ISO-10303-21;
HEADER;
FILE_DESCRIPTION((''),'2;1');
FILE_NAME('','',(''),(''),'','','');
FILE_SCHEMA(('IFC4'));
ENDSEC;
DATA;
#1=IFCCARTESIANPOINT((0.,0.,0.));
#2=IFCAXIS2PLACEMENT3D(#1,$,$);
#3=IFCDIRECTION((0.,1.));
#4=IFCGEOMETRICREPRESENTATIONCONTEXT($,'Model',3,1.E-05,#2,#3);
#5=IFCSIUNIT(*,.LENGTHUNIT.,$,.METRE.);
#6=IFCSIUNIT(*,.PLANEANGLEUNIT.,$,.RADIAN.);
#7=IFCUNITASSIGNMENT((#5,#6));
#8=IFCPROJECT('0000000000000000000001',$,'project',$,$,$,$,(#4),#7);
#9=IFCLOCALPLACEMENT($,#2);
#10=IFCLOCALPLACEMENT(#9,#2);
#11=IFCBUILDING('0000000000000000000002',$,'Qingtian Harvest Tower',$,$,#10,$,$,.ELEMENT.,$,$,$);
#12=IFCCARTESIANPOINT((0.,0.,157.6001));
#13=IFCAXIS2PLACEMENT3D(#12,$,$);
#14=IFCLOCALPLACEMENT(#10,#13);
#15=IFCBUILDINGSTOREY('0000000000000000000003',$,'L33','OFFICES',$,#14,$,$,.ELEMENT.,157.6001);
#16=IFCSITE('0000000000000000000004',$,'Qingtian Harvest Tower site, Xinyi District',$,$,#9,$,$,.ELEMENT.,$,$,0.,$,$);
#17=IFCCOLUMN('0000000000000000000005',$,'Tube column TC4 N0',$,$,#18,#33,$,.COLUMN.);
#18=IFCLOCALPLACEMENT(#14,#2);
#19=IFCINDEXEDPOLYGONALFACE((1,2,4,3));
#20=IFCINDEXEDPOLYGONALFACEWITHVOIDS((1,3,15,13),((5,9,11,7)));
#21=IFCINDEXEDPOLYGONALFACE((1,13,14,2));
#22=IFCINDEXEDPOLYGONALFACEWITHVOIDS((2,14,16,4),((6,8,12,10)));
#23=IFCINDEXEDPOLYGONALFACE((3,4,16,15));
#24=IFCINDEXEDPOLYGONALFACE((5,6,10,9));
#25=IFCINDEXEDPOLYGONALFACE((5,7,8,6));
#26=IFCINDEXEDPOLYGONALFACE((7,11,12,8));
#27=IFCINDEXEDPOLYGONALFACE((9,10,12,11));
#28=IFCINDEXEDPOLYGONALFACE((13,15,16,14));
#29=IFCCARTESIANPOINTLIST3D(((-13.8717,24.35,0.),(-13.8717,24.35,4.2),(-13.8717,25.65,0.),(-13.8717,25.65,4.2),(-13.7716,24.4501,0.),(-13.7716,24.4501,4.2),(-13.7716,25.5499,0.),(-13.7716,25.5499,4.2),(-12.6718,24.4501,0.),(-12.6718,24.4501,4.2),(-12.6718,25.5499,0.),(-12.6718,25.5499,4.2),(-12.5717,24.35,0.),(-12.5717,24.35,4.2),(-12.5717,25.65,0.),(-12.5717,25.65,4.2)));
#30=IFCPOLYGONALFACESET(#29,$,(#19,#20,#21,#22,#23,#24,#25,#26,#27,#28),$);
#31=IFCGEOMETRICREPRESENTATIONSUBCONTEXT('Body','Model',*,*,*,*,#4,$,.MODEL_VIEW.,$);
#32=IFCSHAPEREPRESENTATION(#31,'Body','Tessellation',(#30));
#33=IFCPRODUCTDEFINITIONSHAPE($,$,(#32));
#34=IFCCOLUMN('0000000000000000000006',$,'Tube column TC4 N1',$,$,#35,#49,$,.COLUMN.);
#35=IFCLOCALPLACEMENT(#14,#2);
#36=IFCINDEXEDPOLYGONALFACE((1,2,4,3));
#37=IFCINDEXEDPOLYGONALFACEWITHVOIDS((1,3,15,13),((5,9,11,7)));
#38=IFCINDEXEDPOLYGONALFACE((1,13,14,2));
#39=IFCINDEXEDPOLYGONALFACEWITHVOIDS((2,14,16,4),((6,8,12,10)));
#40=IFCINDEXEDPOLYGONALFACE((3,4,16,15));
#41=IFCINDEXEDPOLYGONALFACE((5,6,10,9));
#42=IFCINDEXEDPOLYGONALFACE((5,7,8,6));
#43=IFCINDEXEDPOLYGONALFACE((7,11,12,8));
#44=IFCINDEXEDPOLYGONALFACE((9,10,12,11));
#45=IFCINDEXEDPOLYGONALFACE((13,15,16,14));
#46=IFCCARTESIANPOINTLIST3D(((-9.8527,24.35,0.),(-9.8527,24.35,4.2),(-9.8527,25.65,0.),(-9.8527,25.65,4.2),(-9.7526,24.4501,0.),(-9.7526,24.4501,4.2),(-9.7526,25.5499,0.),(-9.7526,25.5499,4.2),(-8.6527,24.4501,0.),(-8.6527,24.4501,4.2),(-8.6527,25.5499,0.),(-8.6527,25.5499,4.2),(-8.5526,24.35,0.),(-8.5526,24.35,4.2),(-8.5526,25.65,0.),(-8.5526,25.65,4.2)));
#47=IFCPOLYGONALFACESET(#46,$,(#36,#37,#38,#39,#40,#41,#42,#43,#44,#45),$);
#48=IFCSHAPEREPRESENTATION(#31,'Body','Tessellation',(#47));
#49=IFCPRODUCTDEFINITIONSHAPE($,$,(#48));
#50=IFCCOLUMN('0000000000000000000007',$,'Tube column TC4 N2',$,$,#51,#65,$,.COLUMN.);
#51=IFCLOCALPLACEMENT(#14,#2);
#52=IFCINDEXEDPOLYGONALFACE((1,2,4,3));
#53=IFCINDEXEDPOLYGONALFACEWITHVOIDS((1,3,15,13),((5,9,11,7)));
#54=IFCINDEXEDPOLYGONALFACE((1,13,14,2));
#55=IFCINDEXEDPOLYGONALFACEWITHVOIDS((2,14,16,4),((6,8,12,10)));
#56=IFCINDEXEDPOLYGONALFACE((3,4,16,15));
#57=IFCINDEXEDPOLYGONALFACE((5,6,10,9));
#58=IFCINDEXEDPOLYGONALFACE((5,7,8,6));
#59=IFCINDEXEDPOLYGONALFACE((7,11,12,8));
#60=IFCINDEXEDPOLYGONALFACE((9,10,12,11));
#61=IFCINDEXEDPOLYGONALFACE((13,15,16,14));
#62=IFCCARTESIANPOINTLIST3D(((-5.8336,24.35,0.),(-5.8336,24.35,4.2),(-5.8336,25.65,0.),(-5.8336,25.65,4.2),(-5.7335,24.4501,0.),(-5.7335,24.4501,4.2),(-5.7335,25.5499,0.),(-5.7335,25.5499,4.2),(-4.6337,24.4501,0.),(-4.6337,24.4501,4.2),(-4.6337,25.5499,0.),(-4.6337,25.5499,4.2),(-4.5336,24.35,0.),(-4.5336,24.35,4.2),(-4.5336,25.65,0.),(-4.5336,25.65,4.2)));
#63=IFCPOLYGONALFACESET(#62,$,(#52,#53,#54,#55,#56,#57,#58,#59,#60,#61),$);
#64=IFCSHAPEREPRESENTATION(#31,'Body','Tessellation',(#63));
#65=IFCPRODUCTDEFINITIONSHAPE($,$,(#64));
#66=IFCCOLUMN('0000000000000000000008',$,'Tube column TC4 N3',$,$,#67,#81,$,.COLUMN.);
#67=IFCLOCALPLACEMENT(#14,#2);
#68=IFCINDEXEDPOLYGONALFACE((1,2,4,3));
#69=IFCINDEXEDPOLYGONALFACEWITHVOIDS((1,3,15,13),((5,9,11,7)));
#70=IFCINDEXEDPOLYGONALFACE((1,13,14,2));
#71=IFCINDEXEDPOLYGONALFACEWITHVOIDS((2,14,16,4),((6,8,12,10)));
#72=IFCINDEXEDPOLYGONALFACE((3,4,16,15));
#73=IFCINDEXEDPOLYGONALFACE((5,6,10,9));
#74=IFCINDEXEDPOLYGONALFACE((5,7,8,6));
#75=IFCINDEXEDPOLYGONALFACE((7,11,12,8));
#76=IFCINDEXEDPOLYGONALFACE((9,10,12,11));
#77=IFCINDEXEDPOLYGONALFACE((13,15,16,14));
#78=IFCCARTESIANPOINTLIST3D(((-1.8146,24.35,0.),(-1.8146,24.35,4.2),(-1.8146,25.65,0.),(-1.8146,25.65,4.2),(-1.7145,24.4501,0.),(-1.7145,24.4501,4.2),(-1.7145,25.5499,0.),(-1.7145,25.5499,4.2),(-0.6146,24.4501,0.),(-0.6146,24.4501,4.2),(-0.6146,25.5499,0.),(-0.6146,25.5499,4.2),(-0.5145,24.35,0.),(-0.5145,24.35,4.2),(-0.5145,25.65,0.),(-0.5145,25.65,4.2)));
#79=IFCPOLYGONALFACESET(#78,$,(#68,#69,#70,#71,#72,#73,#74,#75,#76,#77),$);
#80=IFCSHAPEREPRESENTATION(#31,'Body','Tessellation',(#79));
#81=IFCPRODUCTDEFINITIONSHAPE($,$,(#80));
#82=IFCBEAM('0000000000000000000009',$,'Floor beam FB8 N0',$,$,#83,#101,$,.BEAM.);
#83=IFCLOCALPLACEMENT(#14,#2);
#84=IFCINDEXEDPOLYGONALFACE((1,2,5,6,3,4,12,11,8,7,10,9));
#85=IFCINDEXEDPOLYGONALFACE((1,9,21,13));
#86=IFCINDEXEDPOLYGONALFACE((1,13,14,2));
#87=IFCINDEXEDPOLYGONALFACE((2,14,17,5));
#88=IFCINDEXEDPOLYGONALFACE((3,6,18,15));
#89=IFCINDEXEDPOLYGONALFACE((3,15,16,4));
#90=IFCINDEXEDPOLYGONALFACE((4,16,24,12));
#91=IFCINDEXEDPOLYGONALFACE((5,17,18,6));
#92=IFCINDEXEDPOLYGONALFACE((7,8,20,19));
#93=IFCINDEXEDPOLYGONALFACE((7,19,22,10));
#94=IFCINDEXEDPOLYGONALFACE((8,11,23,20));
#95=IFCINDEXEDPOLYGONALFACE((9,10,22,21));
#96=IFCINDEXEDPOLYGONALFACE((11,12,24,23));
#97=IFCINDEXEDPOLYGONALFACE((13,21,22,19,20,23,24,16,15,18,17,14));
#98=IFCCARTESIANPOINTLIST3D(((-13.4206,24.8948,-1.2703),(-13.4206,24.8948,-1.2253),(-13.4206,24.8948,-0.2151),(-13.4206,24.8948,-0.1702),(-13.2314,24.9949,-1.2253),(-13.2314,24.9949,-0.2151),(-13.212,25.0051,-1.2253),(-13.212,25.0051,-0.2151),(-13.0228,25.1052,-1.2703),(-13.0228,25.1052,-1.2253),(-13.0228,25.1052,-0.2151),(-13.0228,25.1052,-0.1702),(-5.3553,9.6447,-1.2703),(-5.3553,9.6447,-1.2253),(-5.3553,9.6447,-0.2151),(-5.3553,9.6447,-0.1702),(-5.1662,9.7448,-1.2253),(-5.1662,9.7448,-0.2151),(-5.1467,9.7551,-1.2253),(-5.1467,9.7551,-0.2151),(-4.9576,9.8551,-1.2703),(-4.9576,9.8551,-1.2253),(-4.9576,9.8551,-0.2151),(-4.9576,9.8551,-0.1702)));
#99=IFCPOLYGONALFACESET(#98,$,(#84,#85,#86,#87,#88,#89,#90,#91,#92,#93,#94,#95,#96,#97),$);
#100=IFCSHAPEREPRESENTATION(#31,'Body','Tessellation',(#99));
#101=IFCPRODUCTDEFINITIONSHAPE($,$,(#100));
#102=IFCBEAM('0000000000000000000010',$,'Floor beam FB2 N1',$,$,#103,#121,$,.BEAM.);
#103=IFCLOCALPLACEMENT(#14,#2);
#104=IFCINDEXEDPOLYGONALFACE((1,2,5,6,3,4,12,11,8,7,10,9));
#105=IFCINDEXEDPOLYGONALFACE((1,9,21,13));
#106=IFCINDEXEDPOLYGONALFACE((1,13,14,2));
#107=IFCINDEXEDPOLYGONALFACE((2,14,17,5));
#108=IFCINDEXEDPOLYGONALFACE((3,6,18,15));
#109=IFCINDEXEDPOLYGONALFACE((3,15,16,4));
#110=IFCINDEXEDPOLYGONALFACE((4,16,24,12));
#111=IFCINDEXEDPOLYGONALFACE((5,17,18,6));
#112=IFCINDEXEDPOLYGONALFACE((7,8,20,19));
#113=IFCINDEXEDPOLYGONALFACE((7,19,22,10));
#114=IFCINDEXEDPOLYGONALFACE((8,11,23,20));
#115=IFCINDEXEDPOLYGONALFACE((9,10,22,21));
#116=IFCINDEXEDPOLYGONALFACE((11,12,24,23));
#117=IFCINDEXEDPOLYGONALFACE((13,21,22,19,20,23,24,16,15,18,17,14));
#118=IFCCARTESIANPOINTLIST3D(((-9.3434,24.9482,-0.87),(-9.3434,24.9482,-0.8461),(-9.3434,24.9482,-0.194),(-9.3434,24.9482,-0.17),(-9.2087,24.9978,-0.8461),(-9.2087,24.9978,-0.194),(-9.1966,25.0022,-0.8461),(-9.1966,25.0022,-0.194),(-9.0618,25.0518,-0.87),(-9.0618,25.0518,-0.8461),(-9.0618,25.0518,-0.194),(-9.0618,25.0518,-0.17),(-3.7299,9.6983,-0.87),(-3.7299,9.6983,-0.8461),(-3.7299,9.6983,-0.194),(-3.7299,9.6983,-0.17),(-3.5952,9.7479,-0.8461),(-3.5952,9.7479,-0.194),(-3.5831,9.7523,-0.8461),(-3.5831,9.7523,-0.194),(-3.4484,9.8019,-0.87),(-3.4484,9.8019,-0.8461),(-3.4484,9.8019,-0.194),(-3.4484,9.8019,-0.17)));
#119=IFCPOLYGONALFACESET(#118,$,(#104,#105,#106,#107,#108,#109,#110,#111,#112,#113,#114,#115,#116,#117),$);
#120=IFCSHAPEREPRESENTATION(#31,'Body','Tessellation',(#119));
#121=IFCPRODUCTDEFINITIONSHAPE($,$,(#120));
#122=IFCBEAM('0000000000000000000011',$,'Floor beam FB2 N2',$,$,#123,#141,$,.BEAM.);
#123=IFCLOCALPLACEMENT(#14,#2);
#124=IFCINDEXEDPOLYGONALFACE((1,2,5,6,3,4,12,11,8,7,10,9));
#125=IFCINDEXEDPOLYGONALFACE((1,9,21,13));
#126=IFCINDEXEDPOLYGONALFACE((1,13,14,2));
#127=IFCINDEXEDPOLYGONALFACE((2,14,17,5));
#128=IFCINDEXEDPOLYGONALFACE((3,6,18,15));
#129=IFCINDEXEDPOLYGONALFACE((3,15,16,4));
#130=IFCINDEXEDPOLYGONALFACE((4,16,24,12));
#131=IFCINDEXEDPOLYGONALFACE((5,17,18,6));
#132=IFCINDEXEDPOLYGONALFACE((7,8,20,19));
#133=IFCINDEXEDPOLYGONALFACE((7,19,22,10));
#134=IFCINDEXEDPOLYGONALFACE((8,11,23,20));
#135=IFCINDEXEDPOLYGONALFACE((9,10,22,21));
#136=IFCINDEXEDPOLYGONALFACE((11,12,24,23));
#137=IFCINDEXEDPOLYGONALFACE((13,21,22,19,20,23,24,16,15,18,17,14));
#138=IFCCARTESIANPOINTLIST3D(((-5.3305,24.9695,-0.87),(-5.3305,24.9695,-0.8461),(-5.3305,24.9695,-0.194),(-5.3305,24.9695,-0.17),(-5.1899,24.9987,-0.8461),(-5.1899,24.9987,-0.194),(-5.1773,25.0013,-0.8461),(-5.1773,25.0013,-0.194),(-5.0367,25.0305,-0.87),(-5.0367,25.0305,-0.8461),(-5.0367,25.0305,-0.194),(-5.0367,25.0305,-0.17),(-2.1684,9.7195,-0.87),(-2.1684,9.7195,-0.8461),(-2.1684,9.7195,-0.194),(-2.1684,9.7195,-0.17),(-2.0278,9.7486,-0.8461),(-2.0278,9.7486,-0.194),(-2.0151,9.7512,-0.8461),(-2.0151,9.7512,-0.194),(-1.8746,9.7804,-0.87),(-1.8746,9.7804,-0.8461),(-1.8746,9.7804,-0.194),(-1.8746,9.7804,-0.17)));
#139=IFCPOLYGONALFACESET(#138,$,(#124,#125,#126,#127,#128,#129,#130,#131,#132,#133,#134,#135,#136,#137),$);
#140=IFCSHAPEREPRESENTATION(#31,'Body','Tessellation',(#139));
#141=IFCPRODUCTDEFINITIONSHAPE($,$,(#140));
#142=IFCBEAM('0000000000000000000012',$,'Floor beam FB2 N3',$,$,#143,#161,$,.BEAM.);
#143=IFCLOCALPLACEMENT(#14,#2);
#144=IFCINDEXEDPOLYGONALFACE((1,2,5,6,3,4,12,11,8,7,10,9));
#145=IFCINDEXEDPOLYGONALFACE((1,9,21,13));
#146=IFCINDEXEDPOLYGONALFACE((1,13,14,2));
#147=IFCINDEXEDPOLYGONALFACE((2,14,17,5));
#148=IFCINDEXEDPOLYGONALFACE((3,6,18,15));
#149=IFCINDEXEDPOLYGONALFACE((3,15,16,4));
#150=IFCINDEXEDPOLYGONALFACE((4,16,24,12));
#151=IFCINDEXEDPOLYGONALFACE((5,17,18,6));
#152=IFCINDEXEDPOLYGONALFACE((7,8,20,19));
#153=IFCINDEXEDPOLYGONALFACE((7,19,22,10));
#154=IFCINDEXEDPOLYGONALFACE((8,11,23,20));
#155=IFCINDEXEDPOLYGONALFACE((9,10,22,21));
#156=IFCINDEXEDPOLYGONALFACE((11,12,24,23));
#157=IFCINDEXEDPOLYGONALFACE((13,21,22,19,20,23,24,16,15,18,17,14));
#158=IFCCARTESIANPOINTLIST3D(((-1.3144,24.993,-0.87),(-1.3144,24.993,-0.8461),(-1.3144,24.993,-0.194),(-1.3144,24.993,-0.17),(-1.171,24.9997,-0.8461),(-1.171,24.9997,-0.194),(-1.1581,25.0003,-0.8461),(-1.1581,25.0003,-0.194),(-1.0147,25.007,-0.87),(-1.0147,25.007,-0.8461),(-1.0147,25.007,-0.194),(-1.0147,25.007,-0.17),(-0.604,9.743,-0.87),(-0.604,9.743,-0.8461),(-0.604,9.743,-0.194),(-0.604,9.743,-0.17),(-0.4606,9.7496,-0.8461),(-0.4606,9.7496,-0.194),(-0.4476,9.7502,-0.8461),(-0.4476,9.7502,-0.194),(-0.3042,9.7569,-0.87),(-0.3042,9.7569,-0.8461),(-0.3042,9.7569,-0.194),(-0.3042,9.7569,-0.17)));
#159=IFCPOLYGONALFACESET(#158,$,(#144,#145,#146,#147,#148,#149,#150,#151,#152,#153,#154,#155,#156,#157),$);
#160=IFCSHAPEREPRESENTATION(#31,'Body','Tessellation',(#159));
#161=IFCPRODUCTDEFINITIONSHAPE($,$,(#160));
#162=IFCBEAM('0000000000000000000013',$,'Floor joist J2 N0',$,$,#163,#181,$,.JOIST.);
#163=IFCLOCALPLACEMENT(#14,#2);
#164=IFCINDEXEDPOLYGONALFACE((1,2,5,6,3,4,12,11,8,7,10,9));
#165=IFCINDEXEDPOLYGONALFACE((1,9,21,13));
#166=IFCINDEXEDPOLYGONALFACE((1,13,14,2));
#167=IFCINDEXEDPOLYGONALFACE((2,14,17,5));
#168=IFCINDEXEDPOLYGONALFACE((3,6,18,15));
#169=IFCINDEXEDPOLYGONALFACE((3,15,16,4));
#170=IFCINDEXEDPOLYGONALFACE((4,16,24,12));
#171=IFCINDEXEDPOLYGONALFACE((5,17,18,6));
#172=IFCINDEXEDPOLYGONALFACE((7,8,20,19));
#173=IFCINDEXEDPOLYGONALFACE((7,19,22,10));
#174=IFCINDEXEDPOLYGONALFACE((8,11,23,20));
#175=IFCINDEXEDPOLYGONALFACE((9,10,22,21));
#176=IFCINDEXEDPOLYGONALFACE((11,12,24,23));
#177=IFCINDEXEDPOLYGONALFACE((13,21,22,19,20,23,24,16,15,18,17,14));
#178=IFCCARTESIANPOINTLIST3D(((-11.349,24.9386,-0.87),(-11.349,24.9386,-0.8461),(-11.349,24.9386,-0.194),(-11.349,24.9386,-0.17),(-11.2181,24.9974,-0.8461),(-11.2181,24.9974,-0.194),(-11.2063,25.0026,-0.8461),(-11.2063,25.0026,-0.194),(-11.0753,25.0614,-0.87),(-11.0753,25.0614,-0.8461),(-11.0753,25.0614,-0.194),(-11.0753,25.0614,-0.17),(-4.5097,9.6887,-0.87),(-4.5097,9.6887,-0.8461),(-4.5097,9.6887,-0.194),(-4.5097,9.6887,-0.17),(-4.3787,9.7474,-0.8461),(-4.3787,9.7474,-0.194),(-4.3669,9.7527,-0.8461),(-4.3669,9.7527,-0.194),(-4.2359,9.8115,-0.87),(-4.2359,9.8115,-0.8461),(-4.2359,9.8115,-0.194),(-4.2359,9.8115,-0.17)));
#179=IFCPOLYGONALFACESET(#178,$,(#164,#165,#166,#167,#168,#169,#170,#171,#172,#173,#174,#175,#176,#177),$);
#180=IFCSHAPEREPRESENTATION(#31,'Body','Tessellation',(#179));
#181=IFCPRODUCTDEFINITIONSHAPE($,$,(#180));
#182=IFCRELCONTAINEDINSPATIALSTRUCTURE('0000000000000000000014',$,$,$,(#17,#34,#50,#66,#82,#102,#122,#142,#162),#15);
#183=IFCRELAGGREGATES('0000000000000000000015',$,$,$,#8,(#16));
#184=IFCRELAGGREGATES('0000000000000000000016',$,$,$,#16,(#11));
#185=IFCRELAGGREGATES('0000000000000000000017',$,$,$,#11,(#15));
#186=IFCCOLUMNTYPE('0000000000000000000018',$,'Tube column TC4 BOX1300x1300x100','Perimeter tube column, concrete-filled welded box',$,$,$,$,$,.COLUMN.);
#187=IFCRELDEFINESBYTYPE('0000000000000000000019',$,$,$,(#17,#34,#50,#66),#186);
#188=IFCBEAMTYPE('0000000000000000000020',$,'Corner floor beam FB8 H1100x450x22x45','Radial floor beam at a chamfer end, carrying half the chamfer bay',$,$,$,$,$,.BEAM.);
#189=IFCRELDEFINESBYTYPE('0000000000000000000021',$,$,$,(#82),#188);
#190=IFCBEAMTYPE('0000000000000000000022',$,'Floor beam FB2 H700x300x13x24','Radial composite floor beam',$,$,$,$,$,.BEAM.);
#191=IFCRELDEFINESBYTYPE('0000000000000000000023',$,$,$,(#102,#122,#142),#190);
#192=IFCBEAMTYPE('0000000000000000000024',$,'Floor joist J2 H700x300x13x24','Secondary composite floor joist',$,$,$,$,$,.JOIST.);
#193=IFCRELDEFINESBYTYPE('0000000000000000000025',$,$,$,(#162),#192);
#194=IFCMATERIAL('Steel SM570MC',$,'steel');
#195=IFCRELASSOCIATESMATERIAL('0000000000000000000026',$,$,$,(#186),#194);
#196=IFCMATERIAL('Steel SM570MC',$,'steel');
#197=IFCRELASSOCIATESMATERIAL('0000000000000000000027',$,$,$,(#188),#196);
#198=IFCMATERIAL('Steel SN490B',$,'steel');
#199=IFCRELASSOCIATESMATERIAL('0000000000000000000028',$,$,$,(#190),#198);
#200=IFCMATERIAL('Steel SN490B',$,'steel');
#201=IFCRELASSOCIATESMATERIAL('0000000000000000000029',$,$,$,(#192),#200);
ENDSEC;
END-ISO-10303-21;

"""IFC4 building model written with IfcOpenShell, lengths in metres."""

from ifc_helpers import new_model, si_unit, direction, frame, origin, origin_2d, place, context, subcontext, project, spatial, hollow_rectangle, i_section, extrude, material, material_profile, profile_set, type_object, element, save


model = new_model("IFC4")

# Units and contexts
model_context = context("Model", 3, precision=1e-05, world=origin(), true_north=direction((0.0, 1.0)))
body_context = subcontext(model_context, "Body", "Model", "MODEL_VIEW")
ifc_project = project(units=[si_unit("LENGTHUNIT", "METRE"), si_unit("PLANEANGLEUNIT", "RADIAN")], contexts=[model_context])

# Site, building, storey
site_placement = place(None, origin())
site = spatial("IfcSite", under=ifc_project, at=site_placement, Name="Qingtian Harvest Tower site, Xinyi District", CompositionType="ELEMENT", RefElevation=0.0)
building_placement = place(site_placement, origin())
building = spatial("IfcBuilding", under=site, at=building_placement, Name="Qingtian Harvest Tower", CompositionType="ELEMENT")
storey_placement = place(building_placement, frame((0.0, 0.0, 157.6001)))
storey = spatial("IfcBuildingStorey", under=building, at=storey_placement, Name="L33", Description="OFFICES", CompositionType="ELEMENT", Elevation=157.6001)

# Columns
ifc_material_1 = material(Name="Steel SM570MC", Category="steel")
ifc_material_profile_1 = material_profile(ifc_material_1, hollow_rectangle(XDim=1.3, YDim=1.3, WallThickness=0.1001, at=origin_2d()), Name="BOX1300x1300x100")
ifc_profile_set_1 = profile_set([ifc_material_profile_1], Name="Steel SM570MC")
column_type = type_object("IfcColumnType", Name="Tube column TC4 BOX1300x1300x100", Description="Perimeter tube column, concrete-filled welded box", PredefinedType="COLUMN", material=ifc_profile_set_1)
for number, where, z_axis, x_axis, name in (
    (1, (-13.2217, 25.0, 0.0), (0.0, 0.0, 1.0), (-1.0, 0.0, 0.0), "Tube column TC4 N0"),
    (2, (-9.2026, 25.0, 0.0), (0.0, 0.0, 1.0), (-1.0, 0.0, 0.0), "Tube column TC4 N1"),
    (3, (-5.1836, 25.0, 0.0), (0.0, 0.0, 1.0), (-1.0, 0.0, 0.0), "Tube column TC4 N2"),
    (4, (-1.1646, 25.0, 0.0), (0.0, 0.0, 1.0), (-1.0, 0.0, 0.0), "Tube column TC4 N3"),
):
    element("IfcColumn", number, at=place(storey_placement, frame(where, z_axis=z_axis, x_axis=x_axis)), inside=storey, type_object=column_type, Name=name, PredefinedType="COLUMN", context=body_context, shape_type="SweptSolid", body=[
        extrude(hollow_rectangle(XDim=1.3, YDim=1.3, WallThickness=0.1001, at=origin_2d()), origin(), (0.0, 0.0, 1.0), 4.2),
    ])

# Beams
ifc_material_2 = material(Name="Steel SM570MC", Category="steel")
ifc_material_profile_2 = material_profile(ifc_material_2, i_section(OverallWidth=0.45, OverallDepth=1.1001, WebThickness=0.022, FlangeThickness=0.0449, at=origin_2d()), Name="H1100x450x22x45")
ifc_profile_set_2 = profile_set([ifc_material_profile_2], Name="Steel SM570MC")
beam_type_1 = type_object("IfcBeamType", Name="Corner floor beam FB8 H1100x450x22x45", Description="Radial floor beam at a chamfer end, carrying half the chamfer bay", PredefinedType="BEAM", material=ifc_profile_set_2)
beam_1_placement = place(storey_placement, frame((-13.2217, 25.0, -0.7202), z_axis=(0.46751, -0.883988, 0.0), x_axis=(0.883988, 0.46751, 0.0)))
element("IfcBeam", 5, at=beam_1_placement, inside=storey, type_object=beam_type_1, Name="Floor beam FB8 N0", PredefinedType="BEAM", context=body_context, shape_type="SweptSolid", body=[
    extrude(i_section(OverallWidth=0.45, OverallDepth=1.1001, WebThickness=0.022, FlangeThickness=0.0449, at=origin_2d()), origin(), (0.0, 0.0, 1.0), 17.2515),
])
ifc_material_3 = material(Name="Steel SN490B", Category="steel")
ifc_material_profile_3 = material_profile(ifc_material_3, i_section(OverallWidth=0.3, OverallDepth=0.7, WebThickness=0.0129, FlangeThickness=0.0239, at=origin_2d()), Name="H700x300x13x24")
ifc_profile_set_3 = profile_set([ifc_material_profile_3], Name="Steel SN490B")
beam_type_2 = type_object("IfcBeamType", Name="Floor beam FB2 H700x300x13x24", Description="Radial composite floor beam", PredefinedType="BEAM", material=ifc_profile_set_3)
beam_2_placement = place(storey_placement, frame((-9.2026, 25.0, -0.52), z_axis=(0.34544, -0.938441, 0.0), x_axis=(0.938441, 0.34544, 0.0)))
element("IfcBeam", 6, at=beam_2_placement, inside=storey, type_object=beam_type_2, Name="Floor beam FB2 N1", PredefinedType="BEAM", context=body_context, shape_type="SweptSolid", body=[
    extrude(i_section(OverallWidth=0.3, OverallDepth=0.7, WebThickness=0.0129, FlangeThickness=0.0239, at=origin_2d()), origin(), (0.0, 0.0, 1.0), 16.2502),
])
beam_3_placement = place(storey_placement, frame((-5.1836, 25.0, -0.52), z_axis=(0.203033, -0.979172, 0.0), x_axis=(0.979172, 0.203033, 0.0)))
element("IfcBeam", 7, at=beam_3_placement, inside=storey, type_object=beam_type_2, Name="Floor beam FB2 N2", PredefinedType="BEAM", context=body_context, shape_type="SweptSolid", body=[
    extrude(i_section(OverallWidth=0.3, OverallDepth=0.7, WebThickness=0.0129, FlangeThickness=0.0239, at=origin_2d()), origin(), (0.0, 0.0, 1.0), 15.5745),
])
beam_4_placement = place(storey_placement, frame((-1.1646, 25.0, -0.52), z_axis=(0.046536, -0.998917, 0.0), x_axis=(0.998917, 0.046536, 0.0)))
element("IfcBeam", 8, at=beam_4_placement, inside=storey, type_object=beam_type_2, Name="Floor beam FB2 N3", PredefinedType="BEAM", context=body_context, shape_type="SweptSolid", body=[
    extrude(i_section(OverallWidth=0.3, OverallDepth=0.7, WebThickness=0.0129, FlangeThickness=0.0239, at=origin_2d()), origin(), (0.0, 0.0, 1.0), 15.2666),
])
ifc_material_4 = material(Name="Steel SN490B", Category="steel")
ifc_material_profile_4 = material_profile(ifc_material_4, i_section(OverallWidth=0.3, OverallDepth=0.7, WebThickness=0.0129, FlangeThickness=0.0239, at=origin_2d()), Name="H700x300x13x24")
ifc_profile_set_4 = profile_set([ifc_material_profile_4], Name="Steel SN490B")
beam_type_3 = type_object("IfcBeamType", Name="Floor joist J2 H700x300x13x24", Description="Secondary composite floor joist", PredefinedType="JOIST", material=ifc_profile_set_4)
beam_5_placement = place(storey_placement, frame((-11.2122, 25.0, -0.52), z_axis=(0.409213, -0.912439, 0.0), x_axis=(0.912439, 0.409213, 0.0)))
element("IfcBeam", 9, at=beam_5_placement, inside=storey, type_object=beam_type_3, Name="Floor joist J2 N0", PredefinedType="JOIST", context=body_context, shape_type="SweptSolid", body=[
    extrude(i_section(OverallWidth=0.3, OverallDepth=0.7, WebThickness=0.0129, FlangeThickness=0.0239, at=origin_2d()), origin(), (0.0, 0.0, 1.0), 16.7134),
])

save(model, "model.ifc")
